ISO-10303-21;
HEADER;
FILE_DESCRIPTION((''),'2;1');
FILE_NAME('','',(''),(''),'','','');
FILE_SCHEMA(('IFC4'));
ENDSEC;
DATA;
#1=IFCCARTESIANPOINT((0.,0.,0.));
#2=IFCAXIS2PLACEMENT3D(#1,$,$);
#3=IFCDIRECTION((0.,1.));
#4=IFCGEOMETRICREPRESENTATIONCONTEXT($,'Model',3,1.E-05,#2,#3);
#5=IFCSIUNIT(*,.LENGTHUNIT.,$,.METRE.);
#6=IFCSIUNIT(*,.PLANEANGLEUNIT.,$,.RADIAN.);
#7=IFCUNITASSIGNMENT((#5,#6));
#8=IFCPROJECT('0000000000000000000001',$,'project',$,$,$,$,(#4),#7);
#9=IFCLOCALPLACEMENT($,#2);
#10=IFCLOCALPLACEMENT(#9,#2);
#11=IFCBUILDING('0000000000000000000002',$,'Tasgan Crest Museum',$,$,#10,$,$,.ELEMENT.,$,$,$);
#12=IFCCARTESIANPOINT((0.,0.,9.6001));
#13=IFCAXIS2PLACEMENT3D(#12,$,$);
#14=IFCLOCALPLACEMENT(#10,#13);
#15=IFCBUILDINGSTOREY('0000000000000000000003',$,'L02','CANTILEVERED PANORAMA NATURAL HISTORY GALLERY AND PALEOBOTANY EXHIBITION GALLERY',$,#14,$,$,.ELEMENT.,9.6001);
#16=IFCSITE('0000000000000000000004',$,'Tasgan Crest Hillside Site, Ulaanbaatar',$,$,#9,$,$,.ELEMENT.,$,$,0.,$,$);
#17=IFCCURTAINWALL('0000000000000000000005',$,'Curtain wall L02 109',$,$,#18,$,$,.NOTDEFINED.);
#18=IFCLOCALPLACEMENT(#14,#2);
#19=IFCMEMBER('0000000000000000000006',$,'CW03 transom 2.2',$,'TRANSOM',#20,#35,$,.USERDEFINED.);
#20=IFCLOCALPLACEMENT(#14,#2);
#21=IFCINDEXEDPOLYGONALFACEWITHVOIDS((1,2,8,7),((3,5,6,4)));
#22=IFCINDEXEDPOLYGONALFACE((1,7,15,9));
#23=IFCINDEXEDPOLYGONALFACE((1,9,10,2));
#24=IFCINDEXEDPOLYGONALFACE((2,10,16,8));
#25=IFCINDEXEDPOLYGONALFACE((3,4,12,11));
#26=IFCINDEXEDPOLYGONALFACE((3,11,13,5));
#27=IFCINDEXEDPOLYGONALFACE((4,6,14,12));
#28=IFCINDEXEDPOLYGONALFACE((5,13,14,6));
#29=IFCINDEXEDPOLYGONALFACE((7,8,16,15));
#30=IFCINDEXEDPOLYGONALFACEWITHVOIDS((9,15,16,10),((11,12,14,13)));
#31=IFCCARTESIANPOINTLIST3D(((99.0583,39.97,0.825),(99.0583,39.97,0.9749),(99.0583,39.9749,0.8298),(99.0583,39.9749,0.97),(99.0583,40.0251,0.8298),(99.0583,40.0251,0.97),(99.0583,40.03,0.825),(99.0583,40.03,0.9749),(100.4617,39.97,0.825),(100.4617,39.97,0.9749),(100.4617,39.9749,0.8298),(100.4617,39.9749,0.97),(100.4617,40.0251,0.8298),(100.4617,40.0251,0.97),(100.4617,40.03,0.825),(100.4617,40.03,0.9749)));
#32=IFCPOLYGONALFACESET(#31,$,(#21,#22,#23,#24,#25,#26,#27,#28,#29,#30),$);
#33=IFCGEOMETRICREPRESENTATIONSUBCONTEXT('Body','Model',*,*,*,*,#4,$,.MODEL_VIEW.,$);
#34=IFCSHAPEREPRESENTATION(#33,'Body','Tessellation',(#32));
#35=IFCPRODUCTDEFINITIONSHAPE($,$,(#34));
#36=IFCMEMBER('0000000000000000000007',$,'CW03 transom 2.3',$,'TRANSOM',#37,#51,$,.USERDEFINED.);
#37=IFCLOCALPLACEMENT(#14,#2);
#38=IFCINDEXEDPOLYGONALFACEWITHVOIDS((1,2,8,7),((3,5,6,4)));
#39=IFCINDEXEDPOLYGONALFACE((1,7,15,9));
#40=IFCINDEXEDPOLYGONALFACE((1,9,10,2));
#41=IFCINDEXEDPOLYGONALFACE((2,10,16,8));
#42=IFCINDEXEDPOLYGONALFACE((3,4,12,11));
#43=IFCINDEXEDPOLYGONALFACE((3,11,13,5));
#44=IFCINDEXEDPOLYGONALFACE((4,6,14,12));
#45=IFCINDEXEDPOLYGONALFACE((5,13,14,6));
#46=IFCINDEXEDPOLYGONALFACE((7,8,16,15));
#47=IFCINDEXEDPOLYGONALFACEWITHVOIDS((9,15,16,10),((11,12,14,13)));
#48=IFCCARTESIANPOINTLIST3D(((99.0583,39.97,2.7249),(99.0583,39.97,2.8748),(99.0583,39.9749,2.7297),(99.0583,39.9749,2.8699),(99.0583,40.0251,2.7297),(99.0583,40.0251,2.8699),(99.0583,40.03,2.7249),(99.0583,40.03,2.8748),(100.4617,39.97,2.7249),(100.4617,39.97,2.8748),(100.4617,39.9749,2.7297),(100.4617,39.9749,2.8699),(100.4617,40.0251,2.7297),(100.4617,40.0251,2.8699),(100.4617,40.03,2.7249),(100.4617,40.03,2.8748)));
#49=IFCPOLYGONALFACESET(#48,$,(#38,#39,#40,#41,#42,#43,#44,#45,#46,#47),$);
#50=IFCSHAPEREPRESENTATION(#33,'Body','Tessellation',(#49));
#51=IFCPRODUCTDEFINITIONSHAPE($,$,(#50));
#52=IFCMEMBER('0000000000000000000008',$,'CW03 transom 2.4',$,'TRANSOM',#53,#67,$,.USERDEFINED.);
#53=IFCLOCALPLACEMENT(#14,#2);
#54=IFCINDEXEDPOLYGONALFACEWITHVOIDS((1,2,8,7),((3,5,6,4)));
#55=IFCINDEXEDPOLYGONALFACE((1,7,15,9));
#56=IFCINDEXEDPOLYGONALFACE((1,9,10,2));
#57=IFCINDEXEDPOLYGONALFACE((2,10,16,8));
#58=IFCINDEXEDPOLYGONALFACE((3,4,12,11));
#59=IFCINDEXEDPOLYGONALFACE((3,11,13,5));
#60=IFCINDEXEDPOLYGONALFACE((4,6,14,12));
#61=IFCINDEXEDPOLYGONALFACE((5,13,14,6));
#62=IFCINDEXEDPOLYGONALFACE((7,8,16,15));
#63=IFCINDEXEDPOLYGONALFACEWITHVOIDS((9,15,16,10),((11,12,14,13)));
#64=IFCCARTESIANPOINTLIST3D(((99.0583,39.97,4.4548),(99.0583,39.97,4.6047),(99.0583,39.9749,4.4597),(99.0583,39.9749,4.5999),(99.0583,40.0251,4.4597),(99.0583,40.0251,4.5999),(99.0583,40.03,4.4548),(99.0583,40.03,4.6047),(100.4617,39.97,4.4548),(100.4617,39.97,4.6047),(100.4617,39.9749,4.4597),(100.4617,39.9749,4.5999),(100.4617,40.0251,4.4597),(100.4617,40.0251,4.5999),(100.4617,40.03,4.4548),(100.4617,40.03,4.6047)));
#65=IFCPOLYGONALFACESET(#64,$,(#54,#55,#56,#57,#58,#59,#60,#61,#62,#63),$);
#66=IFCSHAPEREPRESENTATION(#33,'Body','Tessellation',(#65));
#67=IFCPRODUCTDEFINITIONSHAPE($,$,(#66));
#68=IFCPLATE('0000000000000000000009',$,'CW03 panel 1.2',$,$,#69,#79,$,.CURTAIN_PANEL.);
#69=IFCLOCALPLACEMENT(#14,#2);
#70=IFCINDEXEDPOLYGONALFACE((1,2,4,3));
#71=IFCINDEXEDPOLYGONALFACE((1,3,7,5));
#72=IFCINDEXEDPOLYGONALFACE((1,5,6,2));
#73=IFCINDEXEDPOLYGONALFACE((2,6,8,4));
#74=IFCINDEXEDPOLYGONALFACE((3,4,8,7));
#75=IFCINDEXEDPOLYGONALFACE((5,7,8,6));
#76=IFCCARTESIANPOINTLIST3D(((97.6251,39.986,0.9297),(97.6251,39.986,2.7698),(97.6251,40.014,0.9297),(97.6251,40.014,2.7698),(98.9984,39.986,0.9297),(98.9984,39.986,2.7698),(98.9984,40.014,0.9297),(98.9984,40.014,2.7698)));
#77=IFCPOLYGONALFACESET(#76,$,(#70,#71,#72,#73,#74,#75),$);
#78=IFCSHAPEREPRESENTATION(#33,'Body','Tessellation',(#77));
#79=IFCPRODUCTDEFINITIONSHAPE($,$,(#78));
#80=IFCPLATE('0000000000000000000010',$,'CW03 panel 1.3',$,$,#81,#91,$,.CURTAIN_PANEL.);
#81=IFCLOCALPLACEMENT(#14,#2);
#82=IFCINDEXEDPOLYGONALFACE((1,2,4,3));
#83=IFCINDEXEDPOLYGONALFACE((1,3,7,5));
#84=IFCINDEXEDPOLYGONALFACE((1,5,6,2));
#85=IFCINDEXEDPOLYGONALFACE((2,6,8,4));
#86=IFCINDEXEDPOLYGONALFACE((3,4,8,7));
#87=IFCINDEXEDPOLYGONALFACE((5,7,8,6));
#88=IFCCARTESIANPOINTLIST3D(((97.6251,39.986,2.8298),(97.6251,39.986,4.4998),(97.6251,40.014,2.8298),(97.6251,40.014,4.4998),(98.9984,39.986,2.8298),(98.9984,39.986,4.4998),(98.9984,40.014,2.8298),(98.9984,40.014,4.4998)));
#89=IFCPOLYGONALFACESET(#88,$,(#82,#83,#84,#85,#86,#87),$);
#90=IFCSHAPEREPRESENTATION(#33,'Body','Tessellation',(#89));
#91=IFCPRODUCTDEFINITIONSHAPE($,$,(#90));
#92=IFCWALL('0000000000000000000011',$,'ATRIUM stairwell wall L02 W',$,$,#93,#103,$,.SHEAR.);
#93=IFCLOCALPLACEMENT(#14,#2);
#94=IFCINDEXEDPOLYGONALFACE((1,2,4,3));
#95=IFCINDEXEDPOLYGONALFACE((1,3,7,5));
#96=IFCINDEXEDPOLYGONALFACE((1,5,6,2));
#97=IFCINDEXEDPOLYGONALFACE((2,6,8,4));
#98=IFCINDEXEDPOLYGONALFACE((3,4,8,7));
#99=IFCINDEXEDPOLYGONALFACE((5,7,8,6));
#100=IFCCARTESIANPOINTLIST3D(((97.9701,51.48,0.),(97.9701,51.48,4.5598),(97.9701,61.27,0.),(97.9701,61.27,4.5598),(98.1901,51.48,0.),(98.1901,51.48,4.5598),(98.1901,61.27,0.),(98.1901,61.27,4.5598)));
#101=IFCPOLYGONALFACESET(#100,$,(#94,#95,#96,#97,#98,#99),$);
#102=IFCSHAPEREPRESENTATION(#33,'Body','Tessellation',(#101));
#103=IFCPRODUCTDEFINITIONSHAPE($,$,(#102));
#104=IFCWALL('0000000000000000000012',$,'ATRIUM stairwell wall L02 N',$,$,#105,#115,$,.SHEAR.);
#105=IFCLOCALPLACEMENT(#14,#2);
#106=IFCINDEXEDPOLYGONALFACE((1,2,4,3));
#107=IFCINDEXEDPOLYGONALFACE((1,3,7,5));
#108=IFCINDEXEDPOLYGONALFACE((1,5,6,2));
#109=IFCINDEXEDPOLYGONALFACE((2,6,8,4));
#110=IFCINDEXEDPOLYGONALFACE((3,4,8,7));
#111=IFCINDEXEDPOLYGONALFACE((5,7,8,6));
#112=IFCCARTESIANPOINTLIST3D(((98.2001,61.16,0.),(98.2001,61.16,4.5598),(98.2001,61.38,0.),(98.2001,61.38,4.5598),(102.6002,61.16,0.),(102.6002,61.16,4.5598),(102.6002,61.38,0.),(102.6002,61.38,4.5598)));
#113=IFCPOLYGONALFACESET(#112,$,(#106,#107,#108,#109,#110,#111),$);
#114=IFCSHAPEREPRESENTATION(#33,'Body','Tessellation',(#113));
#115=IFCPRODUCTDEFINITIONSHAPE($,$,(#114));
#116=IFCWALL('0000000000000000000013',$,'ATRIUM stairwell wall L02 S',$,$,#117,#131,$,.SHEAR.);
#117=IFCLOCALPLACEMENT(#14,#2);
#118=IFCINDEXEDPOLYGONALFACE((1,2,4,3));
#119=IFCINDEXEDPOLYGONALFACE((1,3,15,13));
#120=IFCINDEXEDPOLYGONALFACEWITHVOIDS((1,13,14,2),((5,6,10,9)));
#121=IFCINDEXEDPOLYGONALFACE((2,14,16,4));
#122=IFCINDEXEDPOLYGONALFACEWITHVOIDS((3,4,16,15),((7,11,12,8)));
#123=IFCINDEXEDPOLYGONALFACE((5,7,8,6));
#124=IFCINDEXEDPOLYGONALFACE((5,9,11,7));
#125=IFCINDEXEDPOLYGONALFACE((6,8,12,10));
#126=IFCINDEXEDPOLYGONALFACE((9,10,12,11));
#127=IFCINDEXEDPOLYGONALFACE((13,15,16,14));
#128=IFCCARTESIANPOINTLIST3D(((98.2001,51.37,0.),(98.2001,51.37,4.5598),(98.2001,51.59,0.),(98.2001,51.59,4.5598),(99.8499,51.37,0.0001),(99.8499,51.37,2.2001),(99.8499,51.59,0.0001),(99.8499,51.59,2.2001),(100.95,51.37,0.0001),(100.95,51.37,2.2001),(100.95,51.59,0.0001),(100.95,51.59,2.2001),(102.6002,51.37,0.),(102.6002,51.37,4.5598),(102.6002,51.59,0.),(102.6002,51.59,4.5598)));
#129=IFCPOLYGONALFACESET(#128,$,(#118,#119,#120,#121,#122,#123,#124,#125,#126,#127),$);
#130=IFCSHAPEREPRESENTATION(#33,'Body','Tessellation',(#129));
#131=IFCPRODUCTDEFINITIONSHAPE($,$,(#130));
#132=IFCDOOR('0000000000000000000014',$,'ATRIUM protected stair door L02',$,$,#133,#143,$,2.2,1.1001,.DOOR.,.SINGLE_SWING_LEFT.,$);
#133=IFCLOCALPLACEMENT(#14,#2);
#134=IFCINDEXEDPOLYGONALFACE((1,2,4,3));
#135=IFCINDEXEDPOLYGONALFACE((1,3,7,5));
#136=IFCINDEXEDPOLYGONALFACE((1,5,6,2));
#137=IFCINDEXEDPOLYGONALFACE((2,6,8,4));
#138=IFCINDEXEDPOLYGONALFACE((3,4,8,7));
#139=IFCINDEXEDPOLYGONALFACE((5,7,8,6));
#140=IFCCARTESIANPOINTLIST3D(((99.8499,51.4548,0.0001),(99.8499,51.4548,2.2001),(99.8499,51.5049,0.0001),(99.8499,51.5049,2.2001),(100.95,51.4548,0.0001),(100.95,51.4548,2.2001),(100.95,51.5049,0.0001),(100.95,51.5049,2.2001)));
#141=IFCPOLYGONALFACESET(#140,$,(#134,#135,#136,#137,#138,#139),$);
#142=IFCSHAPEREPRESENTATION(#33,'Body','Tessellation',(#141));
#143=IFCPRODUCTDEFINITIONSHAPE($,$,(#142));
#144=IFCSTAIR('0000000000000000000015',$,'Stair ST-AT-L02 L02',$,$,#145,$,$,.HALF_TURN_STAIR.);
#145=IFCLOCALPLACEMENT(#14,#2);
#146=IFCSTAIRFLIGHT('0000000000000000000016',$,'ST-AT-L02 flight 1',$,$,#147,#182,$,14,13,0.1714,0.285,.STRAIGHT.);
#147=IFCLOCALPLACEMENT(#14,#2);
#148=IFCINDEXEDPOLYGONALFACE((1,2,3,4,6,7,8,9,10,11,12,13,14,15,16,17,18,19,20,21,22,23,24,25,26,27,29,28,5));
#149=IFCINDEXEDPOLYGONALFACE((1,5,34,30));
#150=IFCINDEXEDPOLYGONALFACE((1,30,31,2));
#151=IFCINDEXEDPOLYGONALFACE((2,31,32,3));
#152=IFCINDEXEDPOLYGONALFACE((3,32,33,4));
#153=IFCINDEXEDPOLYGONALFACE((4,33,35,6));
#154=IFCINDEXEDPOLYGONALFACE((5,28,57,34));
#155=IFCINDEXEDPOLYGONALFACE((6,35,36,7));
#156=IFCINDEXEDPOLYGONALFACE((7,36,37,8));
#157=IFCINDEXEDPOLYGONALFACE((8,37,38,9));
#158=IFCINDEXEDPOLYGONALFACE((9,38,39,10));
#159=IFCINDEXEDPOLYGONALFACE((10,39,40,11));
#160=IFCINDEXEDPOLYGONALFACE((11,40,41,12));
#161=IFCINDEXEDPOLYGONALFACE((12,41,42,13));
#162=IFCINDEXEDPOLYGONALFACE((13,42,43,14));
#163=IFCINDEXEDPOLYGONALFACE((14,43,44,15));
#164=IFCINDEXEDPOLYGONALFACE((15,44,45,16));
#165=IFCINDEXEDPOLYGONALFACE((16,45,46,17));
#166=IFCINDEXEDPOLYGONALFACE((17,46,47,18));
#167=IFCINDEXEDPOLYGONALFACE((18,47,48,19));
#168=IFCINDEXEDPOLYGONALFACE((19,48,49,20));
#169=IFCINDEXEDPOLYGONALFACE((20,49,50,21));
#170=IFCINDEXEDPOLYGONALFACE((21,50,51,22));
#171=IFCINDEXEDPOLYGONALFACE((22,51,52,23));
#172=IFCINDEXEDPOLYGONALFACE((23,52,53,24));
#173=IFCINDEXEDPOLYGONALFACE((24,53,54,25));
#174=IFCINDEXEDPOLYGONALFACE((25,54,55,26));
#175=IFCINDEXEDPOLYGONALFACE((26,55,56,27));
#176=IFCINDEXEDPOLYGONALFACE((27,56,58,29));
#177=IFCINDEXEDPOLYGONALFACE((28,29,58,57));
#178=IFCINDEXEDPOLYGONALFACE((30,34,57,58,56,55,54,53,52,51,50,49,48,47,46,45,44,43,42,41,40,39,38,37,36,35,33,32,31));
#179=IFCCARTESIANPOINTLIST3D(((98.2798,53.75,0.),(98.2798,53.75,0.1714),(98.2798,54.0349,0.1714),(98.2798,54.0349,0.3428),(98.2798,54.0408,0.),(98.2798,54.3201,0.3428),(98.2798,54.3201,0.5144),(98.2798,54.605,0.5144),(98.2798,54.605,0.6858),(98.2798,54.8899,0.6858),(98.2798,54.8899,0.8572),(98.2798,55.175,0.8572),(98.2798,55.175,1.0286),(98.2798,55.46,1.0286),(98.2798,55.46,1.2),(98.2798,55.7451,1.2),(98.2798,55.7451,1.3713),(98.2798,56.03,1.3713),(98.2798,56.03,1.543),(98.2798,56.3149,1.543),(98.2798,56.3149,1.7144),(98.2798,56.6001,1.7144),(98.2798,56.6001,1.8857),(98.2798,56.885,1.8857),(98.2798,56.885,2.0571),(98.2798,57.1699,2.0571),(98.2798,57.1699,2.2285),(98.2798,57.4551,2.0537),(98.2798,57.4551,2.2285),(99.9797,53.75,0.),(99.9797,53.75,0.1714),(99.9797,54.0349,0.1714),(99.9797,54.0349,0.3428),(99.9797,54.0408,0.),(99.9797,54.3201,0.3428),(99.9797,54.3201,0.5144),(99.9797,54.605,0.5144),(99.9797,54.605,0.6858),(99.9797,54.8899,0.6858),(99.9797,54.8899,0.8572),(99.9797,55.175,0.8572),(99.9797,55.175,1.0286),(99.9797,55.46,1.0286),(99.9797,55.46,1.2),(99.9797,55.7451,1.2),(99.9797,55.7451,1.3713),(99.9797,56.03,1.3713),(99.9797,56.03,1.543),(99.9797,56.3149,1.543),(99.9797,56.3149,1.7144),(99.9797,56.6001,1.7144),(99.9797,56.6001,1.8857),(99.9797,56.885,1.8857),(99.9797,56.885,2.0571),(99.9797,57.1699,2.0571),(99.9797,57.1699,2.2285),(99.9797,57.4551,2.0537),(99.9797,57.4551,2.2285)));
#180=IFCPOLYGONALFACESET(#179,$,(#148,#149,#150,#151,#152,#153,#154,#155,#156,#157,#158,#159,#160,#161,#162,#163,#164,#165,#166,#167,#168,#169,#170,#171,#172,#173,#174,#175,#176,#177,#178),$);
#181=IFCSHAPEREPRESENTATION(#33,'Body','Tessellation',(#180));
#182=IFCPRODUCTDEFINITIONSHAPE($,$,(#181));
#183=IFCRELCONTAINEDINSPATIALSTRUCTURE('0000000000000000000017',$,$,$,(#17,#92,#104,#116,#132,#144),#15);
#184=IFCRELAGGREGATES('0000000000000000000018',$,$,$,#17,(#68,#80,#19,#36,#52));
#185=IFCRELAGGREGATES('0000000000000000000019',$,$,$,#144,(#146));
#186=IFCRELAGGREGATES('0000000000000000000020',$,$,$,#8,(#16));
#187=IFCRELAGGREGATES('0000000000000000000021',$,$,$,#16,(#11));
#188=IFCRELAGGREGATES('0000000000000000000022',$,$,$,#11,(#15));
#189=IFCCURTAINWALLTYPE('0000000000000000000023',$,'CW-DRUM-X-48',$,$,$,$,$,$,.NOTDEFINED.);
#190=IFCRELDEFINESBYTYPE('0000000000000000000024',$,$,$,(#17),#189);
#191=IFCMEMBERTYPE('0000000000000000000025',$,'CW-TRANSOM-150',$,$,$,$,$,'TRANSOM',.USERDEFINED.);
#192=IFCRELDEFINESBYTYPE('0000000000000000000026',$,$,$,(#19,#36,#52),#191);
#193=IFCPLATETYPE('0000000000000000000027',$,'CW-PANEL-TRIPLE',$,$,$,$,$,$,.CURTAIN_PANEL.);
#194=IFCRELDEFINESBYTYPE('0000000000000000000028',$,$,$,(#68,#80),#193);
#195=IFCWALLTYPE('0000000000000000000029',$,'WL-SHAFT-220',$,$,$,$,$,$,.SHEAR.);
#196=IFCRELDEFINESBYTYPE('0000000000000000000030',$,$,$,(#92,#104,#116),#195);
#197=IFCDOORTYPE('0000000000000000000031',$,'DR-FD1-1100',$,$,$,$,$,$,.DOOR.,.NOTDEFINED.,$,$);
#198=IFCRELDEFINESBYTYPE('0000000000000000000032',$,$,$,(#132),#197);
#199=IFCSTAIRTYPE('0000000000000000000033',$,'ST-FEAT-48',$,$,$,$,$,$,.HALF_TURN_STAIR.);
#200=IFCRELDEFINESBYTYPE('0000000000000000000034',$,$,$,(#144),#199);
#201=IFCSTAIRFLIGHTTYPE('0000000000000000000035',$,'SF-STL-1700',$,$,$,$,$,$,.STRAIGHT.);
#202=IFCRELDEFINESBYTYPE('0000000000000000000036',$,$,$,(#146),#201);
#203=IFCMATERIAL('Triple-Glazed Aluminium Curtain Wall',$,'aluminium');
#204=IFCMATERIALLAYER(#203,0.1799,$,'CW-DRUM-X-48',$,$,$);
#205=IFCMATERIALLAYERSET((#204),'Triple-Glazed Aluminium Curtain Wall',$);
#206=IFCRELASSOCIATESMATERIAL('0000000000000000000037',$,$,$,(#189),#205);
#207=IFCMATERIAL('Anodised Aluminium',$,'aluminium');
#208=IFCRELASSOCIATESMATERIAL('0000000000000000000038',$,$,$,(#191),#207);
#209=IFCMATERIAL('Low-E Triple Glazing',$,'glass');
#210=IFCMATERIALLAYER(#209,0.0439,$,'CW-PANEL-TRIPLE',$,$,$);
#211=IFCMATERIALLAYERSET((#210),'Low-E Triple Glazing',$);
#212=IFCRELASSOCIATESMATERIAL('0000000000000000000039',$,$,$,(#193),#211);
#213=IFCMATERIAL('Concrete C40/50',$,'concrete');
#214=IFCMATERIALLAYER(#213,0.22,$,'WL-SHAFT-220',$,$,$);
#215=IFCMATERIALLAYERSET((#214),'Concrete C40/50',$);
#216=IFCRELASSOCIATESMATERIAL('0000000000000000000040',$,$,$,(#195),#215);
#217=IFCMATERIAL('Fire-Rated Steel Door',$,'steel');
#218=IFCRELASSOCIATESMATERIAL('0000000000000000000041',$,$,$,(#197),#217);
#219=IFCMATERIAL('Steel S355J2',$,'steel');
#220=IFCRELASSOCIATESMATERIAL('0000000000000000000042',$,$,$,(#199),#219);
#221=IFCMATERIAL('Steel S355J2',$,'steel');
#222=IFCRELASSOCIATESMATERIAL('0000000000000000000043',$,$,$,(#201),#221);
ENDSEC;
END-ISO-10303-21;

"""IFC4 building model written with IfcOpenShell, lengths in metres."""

from ifc_helpers import new_model, si_unit, direction, frame, frame_2d, origin, origin_2d, place, context, subcontext, project, spatial, polyline, rectangle, hollow_rectangle, outline, extrude, material, layer, layer_set, material_profile, profile_set, type_object, element, fill, aggregate, save


model = new_model("IFC4")

# Units and contexts
model_context = context("Model", 3, precision=1e-05, world=origin(), true_north=direction((0.0, 1.0)))
body_context = subcontext(model_context, "Body", "Model", "MODEL_VIEW")
ifc_project = project(units=[si_unit("LENGTHUNIT", "METRE"), si_unit("PLANEANGLEUNIT", "RADIAN")], contexts=[model_context])

# Site, building, storey
site_placement = place(None, origin())
site = spatial("IfcSite", under=ifc_project, at=site_placement, Name="Tasgan Crest Hillside Site, Ulaanbaatar", CompositionType="ELEMENT", RefElevation=0.0)
building_placement = place(site_placement, origin())
building = spatial("IfcBuilding", under=site, at=building_placement, Name="Tasgan Crest Museum", CompositionType="ELEMENT")
storey_placement = place(building_placement, frame((0.0, 0.0, 9.6001)))
storey = spatial("IfcBuildingStorey", under=building, at=storey_placement, Name="L02", Description="CANTILEVERED PANORAMA NATURAL HISTORY GALLERY AND PALEOBOTANY EXHIBITION GALLERY", CompositionType="ELEMENT", Elevation=9.6001)

# Curtain wall, members, plates
ifc_material_1 = material(Name="Triple-Glazed Aluminium Curtain Wall", Category="aluminium")
ifc_layer_1 = layer(ifc_material_1, 0.1799, Name="CW-DRUM-X-48")
ifc_layer_set_1 = layer_set([ifc_layer_1], Name="Triple-Glazed Aluminium Curtain Wall")
curtain_wall_type = type_object("IfcCurtainWallType", Name="CW-DRUM-X-48", PredefinedType="NOTDEFINED", material=ifc_layer_set_1)
curtain_wall_placement = place(storey_placement, origin())
curtain_wall = element("IfcCurtainWall", 1, at=curtain_wall_placement, inside=storey, type_object=curtain_wall_type, Name="Curtain wall L02 109", PredefinedType="NOTDEFINED")
ifc_material_2 = material(Name="Anodised Aluminium", Category="aluminium")
ifc_material_profile_1 = material_profile(ifc_material_2, hollow_rectangle(XDim=0.0601, YDim=0.1499, WallThickness=0.0049, at=origin_2d()), Name="ALU TRANSOM 150x60x5")
ifc_profile_set_1 = profile_set([ifc_material_profile_1], Name="Anodised Aluminium")
member_type_1 = type_object("IfcMemberType", Name="CW-TRANSOM-150", ElementType="TRANSOM", PredefinedType="USERDEFINED", material=ifc_profile_set_1)
member_1_placement = place(storey_placement, frame((99.0583, 40.0, 0.8999), z_axis=(1.0, 0.0, 0.0), x_axis=(0.0, 1.0, 0.0)))
member_1 = element("IfcMember", 2, at=member_1_placement, type_object=member_type_1, Name="CW03 transom 2.2", ObjectType="TRANSOM", PredefinedType="USERDEFINED", context=body_context, shape_type="SweptSolid", body=[
    extrude(hollow_rectangle(XDim=0.0601, YDim=0.1499, WallThickness=0.0049, at=origin_2d()), origin(), (0.0, 0.0, 1.0), 1.4033),
])
member_2_placement = place(storey_placement, frame((99.0583, 40.0, 2.7998), z_axis=(1.0, 0.0, 0.0), x_axis=(0.0, 1.0, 0.0)))
member_2 = element("IfcMember", 3, at=member_2_placement, type_object=member_type_1, Name="CW03 transom 2.3", ObjectType="TRANSOM", PredefinedType="USERDEFINED", context=body_context, shape_type="SweptSolid", body=[
    extrude(hollow_rectangle(XDim=0.0601, YDim=0.1499, WallThickness=0.0049, at=origin_2d()), origin(), (0.0, 0.0, 1.0), 1.4033),
])
member_3_placement = place(storey_placement, frame((99.0583, 40.0, 4.5298), z_axis=(1.0, 0.0, 0.0), x_axis=(0.0, 1.0, 0.0)))
member_3 = element("IfcMember", 4, at=member_3_placement, type_object=member_type_1, Name="CW03 transom 2.4", ObjectType="TRANSOM", PredefinedType="USERDEFINED", context=body_context, shape_type="SweptSolid", body=[
    extrude(hollow_rectangle(XDim=0.0601, YDim=0.1499, WallThickness=0.0049, at=origin_2d()), origin(), (0.0, 0.0, 1.0), 1.4033),
])
ifc_material_3 = material(Name="Low-E Triple Glazing", Category="glass")
ifc_layer_2 = layer(ifc_material_3, 0.0439, Name="CW-PANEL-TRIPLE")
ifc_layer_set_2 = layer_set([ifc_layer_2], Name="Low-E Triple Glazing")
plate_type = type_object("IfcPlateType", Name="CW-PANEL-TRIPLE", PredefinedType="CURTAIN_PANEL", material=ifc_layer_set_2)
plate_1_placement = place(storey_placement, frame((98.3118, 40.0, 0.9297), z_axis=(0.0, 0.0, 1.0), x_axis=(1.0, 0.0, 0.0)))
plate_1 = element("IfcPlate", 5, at=plate_1_placement, type_object=plate_type, Name="CW03 panel 1.2", PredefinedType="CURTAIN_PANEL", context=body_context, shape_type="SweptSolid", body=[
    extrude(rectangle(XDim=1.3733, YDim=0.0281, at=origin_2d()), origin(), (0.0, 0.0, 1.0), 1.8401),
])
plate_2_placement = place(storey_placement, frame((98.3118, 40.0, 2.8298), z_axis=(0.0, 0.0, 1.0), x_axis=(1.0, 0.0, 0.0)))
plate_2 = element("IfcPlate", 6, at=plate_2_placement, type_object=plate_type, Name="CW03 panel 1.3", PredefinedType="CURTAIN_PANEL", context=body_context, shape_type="SweptSolid", body=[
    extrude(rectangle(XDim=1.3733, YDim=0.0281, at=origin_2d()), origin(), (0.0, 0.0, 1.0), 1.6699),
])
aggregate(curtain_wall, [plate_1, plate_2, member_1, member_2, member_3])

# Walls
ifc_material_4 = material(Name="Concrete C40/50", Category="concrete")
ifc_layer_3 = layer(ifc_material_4, 0.22, Name="WL-SHAFT-220")
ifc_layer_set_3 = layer_set([ifc_layer_3], Name="Concrete C40/50")
wall_type = type_object("IfcWallType", Name="WL-SHAFT-220", PredefinedType="SHEAR", material=ifc_layer_set_3)
wall_1_placement = place(storey_placement, frame((98.0801, 51.48, 0.0), z_axis=(0.0, 0.0, 1.0), x_axis=(0.0, 1.0, 0.0)))
element("IfcWall", 7, at=wall_1_placement, inside=storey, type_object=wall_type, Name="ATRIUM stairwell wall L02 W", PredefinedType="SHEAR", context=body_context, shape_type="SweptSolid", body=[
    extrude(rectangle(XDim=9.79, YDim=0.22, at=frame_2d((4.895, 0.0))), origin(), (0.0, 0.0, 1.0), 4.5598),
])
wall_2_placement = place(storey_placement, frame((98.2, 61.27, 0.0), z_axis=(0.0, 0.0, 1.0), x_axis=(1.0, 0.0, 0.0)))
element("IfcWall", 8, at=wall_2_placement, inside=storey, type_object=wall_type, Name="ATRIUM stairwell wall L02 N", PredefinedType="SHEAR", context=body_context, shape_type="SweptSolid", body=[
    extrude(rectangle(XDim=4.4001, YDim=0.22, at=frame_2d((2.2002, 0.0))), origin(), (0.0, 0.0, 1.0), 4.5598),
])

# Wall, opening, door
wall_3_placement = place(storey_placement, frame((98.2, 51.48, 0.0), z_axis=(0.0, 0.0, 1.0), x_axis=(1.0, 0.0, 0.0)))
wall_3 = element("IfcWall", 9, at=wall_3_placement, inside=storey, type_object=wall_type, Name="ATRIUM stairwell wall L02 S", PredefinedType="SHEAR", context=body_context, shape_type="SweptSolid", body=[
    extrude(rectangle(XDim=4.4001, YDim=0.22, at=frame_2d((2.2002, 0.0))), origin(), (0.0, 0.0, 1.0), 4.5598),
])
opening_placement = place(wall_3_placement, frame((1.6499, 0.0, 0.0)))
opening = element("IfcOpeningElement", 10, at=opening_placement, cuts=wall_3, PredefinedType="OPENING", context=body_context, shape_type="SweptSolid", body=[
    extrude(rectangle(XDim=1.1001, YDim=2.2, at=frame_2d((0.55, 1.1001))), frame((0.0, 0.1199, 0.0), z_axis=(0.0, -1.0, 0.0), x_axis=(1.0, 0.0, 0.0)), (0.0, 0.0, 1.0), 0.24),
])
ifc_material_5 = material(Name="Fire-Rated Steel Door", Category="steel")
door_type = type_object("IfcDoorType", Name="DR-FD1-1100", OperationType="NOTDEFINED", PredefinedType="DOOR", material=ifc_material_5)
door_placement = place(opening_placement, origin())
door = element("IfcDoor", 11, at=door_placement, inside=storey, type_object=door_type, Name="ATRIUM protected stair door L02", OperationType="SINGLE_SWING_LEFT", OverallHeight=2.2, OverallWidth=1.1001, PredefinedType="DOOR", context=body_context, shape_type="SweptSolid", body=[
    extrude(rectangle(XDim=1.1001, YDim=2.2, at=frame_2d((0.55, 1.1001))), frame((0.0, 0.0249, 0.0), z_axis=(0.0, -1.0, 0.0), x_axis=(1.0, 0.0, 0.0)), (0.0, 0.0, 1.0), 0.05),
])
fill(opening, door)

# Stair, stair flight
ifc_material_6 = material(Name="Steel S355J2", Category="steel")
stair_type = type_object("IfcStairType", Name="ST-FEAT-48", PredefinedType="HALF_TURN_STAIR", material=ifc_material_6)
stair_placement = place(storey_placement, origin())
stair = element("IfcStair", 12, at=stair_placement, inside=storey, type_object=stair_type, Name="Stair ST-AT-L02 L02", PredefinedType="HALF_TURN_STAIR")
ifc_material_7 = material(Name="Steel S355J2", Category="steel")
stair_flight_type = type_object("IfcStairFlightType", Name="SF-STL-1700", PredefinedType="STRAIGHT", material=ifc_material_7)
stair_flight_placement = place(storey_placement, frame((99.1299, 53.75, 0.0), z_axis=(0.0, 0.0, 1.0), x_axis=(0.0, 1.0, 0.0)))
stair_flight = element("IfcStairFlight", 13, at=stair_flight_placement, type_object=stair_flight_type, Name="ST-AT-L02 flight 1", NumberOfRisers=14, NumberOfTreads=13, PredefinedType="STRAIGHT", RiserHeight=0.1714, TreadLength=0.285, context=body_context, shape_type="SweptSolid", body=[
    extrude(outline(polyline([(0.0, 0.0), (0.0, 0.1714), (0.2849, 0.1714), (0.2849, 0.3428), (0.5701, 0.3428), (0.5701, 0.5144), (0.855, 0.5144), (0.855, 0.6858), (1.1399, 0.6858), (1.1399, 0.8572), (1.425, 0.8572), (1.425, 1.0286), (1.71, 1.0286), (1.71, 1.2), (1.9951, 1.2), (1.9951, 1.3713), (2.28, 1.3713), (2.28, 1.543), (2.5649, 1.543), (2.5649, 1.7144), (2.8501, 1.7144), (2.8501, 1.8857), (3.135, 1.8857), (3.135, 2.0571), (3.4199, 2.0571), (3.4199, 2.2285), (3.7051, 2.2285), (3.7051, 2.3999), (3.7051, 2.0537), (0.2908, 0.0), (0.0, 0.0)])), frame((0.0, 0.8501, 0.0), z_axis=(0.0, -1.0, 0.0), x_axis=(1.0, 0.0, 0.0)), (0.0, 0.0, 1.0), 1.7),
])
aggregate(stair, [stair_flight])

save(model, "model.ifc")
